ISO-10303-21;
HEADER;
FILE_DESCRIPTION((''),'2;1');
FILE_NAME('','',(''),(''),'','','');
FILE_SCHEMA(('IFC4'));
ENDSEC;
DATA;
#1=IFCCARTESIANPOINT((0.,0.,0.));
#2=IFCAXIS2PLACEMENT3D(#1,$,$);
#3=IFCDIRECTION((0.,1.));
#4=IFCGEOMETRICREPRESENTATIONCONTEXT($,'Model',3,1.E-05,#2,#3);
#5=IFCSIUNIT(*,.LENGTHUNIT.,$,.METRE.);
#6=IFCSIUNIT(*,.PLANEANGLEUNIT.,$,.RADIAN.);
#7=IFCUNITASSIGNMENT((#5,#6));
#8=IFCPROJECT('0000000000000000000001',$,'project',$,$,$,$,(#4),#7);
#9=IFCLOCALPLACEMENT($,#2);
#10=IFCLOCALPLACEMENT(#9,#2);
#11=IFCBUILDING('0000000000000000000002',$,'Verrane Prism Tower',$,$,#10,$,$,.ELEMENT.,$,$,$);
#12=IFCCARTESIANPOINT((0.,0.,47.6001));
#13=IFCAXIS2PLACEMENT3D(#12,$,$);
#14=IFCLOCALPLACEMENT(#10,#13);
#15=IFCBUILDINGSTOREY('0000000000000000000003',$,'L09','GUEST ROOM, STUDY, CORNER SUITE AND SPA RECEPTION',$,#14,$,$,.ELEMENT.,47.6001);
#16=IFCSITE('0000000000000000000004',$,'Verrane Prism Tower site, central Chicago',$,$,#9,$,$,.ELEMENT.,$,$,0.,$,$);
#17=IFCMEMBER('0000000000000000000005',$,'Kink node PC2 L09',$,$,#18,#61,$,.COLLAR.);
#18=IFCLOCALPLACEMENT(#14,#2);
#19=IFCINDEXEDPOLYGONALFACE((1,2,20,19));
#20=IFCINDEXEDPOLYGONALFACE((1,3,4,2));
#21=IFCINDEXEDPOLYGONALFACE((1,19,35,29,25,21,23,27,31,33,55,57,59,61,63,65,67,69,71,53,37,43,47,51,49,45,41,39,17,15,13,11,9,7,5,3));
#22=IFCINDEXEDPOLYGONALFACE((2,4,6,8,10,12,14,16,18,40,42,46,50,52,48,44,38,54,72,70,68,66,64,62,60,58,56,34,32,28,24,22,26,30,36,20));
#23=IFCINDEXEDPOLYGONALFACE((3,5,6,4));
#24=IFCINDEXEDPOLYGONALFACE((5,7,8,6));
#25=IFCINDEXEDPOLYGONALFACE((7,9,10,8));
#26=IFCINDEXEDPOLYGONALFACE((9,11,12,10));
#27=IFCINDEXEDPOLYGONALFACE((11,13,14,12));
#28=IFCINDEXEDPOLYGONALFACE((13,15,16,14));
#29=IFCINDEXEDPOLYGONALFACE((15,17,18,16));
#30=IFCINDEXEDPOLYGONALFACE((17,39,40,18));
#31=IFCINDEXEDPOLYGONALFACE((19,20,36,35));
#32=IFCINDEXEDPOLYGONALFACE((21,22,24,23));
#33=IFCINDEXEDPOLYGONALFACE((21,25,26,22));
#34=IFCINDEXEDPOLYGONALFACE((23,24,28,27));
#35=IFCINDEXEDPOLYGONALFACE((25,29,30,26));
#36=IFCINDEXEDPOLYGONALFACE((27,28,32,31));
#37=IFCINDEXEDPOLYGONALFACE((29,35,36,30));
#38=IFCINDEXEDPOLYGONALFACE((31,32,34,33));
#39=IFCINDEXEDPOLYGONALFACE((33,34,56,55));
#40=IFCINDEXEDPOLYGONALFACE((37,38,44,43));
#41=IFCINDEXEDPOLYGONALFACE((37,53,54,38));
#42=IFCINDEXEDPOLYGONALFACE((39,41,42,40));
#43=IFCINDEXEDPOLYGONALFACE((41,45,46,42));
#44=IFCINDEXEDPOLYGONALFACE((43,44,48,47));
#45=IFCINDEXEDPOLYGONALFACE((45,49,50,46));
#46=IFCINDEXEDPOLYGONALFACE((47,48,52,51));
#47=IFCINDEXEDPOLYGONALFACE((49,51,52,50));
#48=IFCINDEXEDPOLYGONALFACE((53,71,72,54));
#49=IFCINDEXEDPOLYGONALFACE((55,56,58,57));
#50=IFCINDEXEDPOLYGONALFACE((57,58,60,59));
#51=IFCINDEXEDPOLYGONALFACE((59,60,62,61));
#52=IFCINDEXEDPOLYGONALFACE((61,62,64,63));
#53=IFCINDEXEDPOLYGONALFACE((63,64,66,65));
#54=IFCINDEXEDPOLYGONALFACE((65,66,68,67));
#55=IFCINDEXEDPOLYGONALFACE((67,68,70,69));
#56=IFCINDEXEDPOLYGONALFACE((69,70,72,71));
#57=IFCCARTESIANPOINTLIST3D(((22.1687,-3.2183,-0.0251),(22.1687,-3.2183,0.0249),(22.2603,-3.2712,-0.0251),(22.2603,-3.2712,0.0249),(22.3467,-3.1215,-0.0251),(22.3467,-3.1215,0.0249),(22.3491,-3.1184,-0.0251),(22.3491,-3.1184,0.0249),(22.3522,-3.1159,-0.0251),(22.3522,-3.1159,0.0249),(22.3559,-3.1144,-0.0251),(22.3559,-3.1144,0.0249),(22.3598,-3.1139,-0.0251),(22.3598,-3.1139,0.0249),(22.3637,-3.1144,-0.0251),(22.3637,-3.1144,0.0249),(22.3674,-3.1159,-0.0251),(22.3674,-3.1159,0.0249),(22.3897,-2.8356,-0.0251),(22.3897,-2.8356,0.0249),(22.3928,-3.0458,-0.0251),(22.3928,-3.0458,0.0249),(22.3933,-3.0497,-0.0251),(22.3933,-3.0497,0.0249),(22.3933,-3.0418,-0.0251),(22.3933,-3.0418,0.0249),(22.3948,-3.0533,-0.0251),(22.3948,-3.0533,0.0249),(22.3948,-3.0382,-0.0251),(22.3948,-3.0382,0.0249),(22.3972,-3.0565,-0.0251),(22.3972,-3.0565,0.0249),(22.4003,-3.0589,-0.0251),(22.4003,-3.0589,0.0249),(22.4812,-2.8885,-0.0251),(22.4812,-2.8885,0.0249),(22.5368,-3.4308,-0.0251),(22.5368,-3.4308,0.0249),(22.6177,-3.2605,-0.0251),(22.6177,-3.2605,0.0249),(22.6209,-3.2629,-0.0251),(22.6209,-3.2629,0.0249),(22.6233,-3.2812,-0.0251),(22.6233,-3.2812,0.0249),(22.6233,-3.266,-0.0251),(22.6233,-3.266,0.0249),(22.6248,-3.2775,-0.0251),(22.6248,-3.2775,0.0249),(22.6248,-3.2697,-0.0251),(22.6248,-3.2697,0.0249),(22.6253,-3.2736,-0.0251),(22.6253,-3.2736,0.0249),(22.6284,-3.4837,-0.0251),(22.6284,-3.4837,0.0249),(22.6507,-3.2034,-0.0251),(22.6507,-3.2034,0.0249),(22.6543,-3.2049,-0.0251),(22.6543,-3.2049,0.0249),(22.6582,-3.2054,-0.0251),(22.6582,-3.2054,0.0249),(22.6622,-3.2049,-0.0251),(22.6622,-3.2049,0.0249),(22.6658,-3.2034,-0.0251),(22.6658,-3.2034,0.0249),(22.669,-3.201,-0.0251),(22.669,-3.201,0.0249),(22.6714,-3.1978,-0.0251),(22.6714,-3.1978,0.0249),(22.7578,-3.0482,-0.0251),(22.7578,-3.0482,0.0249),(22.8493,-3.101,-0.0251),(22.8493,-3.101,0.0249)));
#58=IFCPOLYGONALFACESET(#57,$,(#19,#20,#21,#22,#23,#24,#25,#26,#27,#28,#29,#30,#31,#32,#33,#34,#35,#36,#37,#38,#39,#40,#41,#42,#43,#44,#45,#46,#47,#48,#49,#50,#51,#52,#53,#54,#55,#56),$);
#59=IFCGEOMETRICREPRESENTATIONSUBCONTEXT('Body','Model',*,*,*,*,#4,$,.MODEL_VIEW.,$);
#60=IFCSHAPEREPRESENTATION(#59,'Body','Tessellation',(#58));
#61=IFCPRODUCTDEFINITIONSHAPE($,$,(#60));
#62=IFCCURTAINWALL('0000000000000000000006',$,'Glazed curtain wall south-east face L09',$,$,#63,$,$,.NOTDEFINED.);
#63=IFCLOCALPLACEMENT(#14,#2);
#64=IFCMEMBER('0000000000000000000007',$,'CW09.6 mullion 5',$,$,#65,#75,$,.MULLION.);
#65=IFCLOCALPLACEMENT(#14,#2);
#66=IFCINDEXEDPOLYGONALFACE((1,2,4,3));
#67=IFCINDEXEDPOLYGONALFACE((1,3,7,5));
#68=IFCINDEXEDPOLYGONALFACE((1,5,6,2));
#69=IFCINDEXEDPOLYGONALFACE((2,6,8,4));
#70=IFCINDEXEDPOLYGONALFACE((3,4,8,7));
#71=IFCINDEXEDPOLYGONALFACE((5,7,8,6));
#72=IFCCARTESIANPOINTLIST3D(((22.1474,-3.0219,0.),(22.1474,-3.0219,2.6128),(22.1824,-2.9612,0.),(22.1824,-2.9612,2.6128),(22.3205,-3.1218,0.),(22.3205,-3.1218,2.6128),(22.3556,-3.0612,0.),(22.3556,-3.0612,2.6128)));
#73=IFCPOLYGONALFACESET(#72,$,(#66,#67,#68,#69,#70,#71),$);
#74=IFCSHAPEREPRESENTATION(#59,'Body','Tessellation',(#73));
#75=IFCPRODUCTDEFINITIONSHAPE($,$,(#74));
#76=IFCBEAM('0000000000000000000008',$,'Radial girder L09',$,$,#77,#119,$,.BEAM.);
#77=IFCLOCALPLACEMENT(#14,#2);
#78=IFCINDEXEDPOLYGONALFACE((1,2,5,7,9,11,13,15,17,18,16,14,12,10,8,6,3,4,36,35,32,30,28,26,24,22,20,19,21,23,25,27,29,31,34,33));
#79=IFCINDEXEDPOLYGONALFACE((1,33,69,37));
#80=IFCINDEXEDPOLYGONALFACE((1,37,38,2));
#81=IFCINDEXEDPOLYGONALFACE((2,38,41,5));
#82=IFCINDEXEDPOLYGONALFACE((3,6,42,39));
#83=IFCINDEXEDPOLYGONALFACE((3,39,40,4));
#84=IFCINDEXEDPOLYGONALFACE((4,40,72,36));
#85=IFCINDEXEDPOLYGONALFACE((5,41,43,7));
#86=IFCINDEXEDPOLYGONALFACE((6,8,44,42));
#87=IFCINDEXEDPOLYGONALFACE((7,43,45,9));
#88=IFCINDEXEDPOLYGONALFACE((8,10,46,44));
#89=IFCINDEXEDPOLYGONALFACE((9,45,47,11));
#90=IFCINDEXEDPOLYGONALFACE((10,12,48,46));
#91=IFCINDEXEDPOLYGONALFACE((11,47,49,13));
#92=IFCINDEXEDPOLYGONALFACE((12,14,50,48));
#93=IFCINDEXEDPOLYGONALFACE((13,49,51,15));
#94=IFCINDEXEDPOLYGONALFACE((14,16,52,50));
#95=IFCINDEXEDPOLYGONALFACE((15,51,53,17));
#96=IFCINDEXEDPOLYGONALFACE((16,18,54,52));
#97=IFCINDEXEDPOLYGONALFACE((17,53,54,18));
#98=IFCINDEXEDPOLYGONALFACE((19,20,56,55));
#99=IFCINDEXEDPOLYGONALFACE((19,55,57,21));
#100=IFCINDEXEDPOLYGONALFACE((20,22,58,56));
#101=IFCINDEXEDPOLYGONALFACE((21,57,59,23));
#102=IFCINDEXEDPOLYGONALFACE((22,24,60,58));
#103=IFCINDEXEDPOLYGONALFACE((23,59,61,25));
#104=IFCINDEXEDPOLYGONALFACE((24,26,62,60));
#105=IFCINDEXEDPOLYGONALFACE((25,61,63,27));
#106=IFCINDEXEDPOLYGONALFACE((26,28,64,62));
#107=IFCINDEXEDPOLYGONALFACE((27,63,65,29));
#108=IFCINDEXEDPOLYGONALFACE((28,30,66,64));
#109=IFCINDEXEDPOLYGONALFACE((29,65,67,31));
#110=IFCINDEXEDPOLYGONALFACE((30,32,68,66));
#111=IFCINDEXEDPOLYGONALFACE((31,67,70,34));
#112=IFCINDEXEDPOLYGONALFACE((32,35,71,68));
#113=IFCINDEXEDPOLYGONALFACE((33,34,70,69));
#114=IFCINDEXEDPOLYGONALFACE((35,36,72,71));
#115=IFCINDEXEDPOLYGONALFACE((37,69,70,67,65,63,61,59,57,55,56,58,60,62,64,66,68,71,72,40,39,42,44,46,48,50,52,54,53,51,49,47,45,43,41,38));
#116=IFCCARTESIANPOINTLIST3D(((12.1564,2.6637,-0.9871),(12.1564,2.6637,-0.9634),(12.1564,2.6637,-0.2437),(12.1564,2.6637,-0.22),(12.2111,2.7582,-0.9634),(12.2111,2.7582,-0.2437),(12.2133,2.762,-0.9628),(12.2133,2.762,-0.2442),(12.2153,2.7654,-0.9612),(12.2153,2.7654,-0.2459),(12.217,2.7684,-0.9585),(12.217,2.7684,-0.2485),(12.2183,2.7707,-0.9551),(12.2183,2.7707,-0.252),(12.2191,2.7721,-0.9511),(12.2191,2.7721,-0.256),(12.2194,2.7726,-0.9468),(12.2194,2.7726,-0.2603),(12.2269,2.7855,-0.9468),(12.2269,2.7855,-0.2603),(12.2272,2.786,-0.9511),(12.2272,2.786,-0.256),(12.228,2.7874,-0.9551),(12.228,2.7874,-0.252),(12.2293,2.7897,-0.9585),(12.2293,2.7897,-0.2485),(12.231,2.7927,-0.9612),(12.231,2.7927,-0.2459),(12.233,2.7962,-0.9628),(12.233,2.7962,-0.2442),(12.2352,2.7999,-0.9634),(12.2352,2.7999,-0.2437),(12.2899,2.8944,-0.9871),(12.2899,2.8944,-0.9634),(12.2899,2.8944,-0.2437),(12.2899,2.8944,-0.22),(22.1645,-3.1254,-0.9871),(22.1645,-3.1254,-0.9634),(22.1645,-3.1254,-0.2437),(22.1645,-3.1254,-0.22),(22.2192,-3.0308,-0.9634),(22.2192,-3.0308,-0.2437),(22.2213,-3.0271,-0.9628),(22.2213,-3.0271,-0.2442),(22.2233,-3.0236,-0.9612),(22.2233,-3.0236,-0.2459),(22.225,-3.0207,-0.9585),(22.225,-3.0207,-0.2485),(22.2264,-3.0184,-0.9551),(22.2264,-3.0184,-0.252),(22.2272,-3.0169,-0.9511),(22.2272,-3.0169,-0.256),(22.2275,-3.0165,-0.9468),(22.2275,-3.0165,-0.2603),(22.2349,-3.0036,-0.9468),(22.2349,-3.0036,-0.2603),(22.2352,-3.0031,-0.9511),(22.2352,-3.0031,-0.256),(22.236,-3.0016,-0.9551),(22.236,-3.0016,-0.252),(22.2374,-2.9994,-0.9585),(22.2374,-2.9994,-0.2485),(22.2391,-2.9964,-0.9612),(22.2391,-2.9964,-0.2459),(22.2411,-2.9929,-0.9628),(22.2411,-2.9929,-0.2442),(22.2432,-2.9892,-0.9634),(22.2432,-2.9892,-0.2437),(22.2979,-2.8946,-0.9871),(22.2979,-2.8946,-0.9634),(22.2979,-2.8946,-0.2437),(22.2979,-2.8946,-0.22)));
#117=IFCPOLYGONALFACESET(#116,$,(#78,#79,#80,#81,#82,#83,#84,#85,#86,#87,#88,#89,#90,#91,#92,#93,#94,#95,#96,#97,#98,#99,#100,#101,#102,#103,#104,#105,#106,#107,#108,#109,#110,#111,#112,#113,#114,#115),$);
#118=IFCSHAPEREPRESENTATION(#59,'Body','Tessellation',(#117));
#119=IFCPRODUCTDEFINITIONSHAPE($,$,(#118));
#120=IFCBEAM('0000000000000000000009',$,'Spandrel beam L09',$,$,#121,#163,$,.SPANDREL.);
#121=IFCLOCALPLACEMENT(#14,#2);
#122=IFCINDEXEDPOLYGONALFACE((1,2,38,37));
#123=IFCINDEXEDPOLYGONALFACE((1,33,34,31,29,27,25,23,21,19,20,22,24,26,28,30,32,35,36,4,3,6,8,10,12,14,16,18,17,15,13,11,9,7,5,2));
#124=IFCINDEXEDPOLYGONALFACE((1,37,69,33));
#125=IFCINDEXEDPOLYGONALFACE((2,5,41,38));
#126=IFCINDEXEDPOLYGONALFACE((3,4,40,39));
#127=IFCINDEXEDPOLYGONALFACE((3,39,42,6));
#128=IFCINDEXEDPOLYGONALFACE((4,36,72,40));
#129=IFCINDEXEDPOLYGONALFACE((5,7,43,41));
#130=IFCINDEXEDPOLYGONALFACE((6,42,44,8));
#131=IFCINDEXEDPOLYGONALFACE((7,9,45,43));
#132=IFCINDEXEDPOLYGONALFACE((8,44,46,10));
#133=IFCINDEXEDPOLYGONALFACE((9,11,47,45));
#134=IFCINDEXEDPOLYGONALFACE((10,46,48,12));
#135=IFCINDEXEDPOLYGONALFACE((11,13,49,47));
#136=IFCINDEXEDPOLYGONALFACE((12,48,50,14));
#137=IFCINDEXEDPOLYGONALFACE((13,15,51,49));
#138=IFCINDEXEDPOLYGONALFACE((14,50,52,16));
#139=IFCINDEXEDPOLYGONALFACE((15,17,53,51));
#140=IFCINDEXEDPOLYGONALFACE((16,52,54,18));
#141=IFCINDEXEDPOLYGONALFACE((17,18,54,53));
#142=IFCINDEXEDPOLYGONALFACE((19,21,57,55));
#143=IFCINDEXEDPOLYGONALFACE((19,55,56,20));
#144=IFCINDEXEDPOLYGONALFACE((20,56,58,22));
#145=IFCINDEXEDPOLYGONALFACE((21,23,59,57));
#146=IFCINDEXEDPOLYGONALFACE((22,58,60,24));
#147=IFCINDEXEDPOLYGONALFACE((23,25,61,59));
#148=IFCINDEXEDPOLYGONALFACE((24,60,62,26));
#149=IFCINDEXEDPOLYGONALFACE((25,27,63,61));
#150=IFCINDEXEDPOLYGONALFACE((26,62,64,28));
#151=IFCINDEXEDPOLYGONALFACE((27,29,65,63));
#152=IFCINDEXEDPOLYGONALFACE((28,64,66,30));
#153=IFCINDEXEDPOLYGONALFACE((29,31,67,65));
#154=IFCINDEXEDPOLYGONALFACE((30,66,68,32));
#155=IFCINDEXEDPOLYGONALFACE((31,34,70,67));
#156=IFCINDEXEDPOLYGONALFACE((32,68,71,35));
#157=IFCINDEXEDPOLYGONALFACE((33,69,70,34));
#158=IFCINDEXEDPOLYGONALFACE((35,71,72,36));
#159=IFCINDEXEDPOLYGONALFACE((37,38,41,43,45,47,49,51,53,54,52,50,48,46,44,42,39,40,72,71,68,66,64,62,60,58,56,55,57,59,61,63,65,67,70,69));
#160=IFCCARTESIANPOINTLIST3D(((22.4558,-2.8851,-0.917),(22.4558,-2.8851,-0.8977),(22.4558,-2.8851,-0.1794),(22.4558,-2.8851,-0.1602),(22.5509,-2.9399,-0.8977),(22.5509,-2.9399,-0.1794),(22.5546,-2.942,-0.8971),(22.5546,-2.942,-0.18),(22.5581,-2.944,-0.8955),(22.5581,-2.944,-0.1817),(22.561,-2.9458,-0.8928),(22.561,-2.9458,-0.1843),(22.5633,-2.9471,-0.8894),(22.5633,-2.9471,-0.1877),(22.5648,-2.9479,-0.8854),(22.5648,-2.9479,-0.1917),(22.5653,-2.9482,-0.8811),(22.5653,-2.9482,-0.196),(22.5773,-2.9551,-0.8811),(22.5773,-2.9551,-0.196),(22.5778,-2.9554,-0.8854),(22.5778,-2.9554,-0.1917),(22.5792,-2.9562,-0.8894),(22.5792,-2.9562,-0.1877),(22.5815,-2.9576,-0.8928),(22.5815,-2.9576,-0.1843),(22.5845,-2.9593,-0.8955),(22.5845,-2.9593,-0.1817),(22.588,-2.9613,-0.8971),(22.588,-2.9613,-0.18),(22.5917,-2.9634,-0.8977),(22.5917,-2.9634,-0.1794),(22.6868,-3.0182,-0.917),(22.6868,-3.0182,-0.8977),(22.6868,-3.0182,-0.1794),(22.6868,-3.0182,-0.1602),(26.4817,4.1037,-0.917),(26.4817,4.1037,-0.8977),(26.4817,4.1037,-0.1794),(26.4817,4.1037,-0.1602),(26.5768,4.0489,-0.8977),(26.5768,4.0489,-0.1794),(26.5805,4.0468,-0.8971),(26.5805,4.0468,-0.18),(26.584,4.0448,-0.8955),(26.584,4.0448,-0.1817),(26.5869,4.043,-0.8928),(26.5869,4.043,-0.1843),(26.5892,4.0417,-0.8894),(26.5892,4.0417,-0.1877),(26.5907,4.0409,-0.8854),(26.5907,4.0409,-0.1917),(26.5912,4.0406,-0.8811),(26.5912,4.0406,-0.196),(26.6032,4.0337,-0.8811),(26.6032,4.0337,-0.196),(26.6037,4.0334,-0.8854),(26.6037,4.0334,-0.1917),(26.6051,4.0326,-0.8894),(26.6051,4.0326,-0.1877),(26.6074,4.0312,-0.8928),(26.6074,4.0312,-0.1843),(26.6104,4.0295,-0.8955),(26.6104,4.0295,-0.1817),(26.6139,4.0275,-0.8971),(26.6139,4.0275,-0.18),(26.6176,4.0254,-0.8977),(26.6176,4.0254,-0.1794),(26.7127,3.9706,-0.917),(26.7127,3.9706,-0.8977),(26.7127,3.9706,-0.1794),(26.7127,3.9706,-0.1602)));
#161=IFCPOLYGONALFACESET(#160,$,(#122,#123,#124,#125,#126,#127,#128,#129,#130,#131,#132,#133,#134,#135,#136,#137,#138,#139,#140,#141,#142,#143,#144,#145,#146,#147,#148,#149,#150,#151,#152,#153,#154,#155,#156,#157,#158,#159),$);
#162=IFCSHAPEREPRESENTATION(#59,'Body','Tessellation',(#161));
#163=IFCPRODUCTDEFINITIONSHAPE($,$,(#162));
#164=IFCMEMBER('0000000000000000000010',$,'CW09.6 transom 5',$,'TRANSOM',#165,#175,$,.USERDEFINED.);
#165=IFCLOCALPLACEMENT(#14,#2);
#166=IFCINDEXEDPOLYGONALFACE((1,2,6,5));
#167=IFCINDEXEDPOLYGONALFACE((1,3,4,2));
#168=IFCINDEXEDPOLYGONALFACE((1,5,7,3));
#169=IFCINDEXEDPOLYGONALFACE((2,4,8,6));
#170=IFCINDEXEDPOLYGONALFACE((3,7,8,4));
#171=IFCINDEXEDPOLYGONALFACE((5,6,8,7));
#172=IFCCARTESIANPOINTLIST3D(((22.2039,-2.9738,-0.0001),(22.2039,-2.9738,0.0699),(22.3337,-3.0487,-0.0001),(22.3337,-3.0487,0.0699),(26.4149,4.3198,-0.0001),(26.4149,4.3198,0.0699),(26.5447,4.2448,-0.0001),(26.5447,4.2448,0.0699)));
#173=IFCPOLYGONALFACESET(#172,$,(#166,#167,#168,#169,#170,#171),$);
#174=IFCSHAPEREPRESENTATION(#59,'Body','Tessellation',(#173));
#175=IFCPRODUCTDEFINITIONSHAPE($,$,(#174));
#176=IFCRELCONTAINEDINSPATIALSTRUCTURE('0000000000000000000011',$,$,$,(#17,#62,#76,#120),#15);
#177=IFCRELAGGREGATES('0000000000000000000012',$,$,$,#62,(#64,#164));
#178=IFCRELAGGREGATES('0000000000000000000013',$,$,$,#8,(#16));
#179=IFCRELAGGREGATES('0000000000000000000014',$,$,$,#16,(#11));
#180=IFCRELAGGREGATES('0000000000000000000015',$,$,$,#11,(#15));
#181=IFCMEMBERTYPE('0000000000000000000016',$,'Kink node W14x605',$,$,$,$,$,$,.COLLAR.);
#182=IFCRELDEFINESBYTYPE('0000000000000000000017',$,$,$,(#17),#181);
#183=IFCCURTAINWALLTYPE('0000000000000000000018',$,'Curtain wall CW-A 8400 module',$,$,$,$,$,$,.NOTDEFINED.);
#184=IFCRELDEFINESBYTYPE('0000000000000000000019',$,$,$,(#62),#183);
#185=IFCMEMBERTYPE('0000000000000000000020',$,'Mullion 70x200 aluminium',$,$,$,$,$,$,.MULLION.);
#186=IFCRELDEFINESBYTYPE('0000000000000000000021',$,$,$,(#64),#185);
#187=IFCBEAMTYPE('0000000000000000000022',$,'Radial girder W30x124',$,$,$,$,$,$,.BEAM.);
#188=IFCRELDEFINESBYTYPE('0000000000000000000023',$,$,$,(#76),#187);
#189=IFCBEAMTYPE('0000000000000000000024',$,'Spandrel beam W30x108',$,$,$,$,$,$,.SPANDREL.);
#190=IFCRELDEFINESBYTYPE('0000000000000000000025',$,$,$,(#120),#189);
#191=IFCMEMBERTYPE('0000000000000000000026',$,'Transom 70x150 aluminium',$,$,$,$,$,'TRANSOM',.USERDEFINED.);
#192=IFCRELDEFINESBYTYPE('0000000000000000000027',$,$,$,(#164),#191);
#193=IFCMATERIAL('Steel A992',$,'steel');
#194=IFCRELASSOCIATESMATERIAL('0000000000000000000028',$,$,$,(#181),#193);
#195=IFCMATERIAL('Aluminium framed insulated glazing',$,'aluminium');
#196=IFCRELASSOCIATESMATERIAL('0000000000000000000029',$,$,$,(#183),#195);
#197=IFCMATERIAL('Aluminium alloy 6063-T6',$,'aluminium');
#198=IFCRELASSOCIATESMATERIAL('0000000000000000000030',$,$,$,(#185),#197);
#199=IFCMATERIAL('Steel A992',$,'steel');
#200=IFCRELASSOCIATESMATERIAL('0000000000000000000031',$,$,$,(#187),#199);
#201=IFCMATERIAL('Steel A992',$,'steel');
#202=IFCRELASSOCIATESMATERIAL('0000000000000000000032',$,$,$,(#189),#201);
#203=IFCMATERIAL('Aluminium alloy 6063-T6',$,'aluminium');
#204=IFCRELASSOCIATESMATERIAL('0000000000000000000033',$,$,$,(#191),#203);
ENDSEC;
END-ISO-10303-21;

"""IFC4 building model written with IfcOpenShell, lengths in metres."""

from ifc_helpers import new_model, si_unit, direction, frame, origin, origin_2d, place, context, subcontext, project, spatial, rectangle, i_section, extrude, material, material_profile, profile_set, type_object, element, aggregate, save


model = new_model("IFC4")

# Units and contexts
model_context = context("Model", 3, precision=1e-05, world=origin(), true_north=direction((0.0, 1.0)))
body_context = subcontext(model_context, "Body", "Model", "MODEL_VIEW")
ifc_project = project(units=[si_unit("LENGTHUNIT", "METRE"), si_unit("PLANEANGLEUNIT", "RADIAN")], contexts=[model_context])

# Site, building, storey
site_placement = place(None, origin())
site = spatial("IfcSite", under=ifc_project, at=site_placement, Name="Verrane Prism Tower site, central Chicago", CompositionType="ELEMENT", RefElevation=0.0)
building_placement = place(site_placement, origin())
building = spatial("IfcBuilding", under=site, at=building_placement, Name="Verrane Prism Tower", CompositionType="ELEMENT")
storey_placement = place(building_placement, frame((0.0, 0.0, 47.6001)))
storey = spatial("IfcBuildingStorey", under=building, at=storey_placement, Name="L09", Description="GUEST ROOM, STUDY, CORNER SUITE AND SPA RECEPTION", CompositionType="ELEMENT", Elevation=47.6001)

# Member
ifc_material_1 = material(Name="Steel A992", Category="steel")
ifc_material_profile_1 = material_profile(ifc_material_1, i_section(OverallWidth=0.4419, OverallDepth=0.5308, WebThickness=0.0659, FlangeThickness=0.1057, FilletRadius=0.0151, at=origin_2d()), Name="W14x605")
ifc_profile_set_1 = profile_set([ifc_material_profile_1], Name="Steel A992")
member_type_1 = type_object("IfcMemberType", Name="Kink node W14x605", PredefinedType="COLLAR", material=ifc_profile_set_1)
member_1_placement = place(storey_placement, frame((22.509, -3.1597, -0.0251), z_axis=(0.0, 0.0, 1.0), x_axis=(-0.5, -0.866025, 0.0)))
element("IfcMember", 1, at=member_1_placement, inside=storey, type_object=member_type_1, Name="Kink node PC2 L09", PredefinedType="COLLAR", context=body_context, shape_type="SweptSolid", body=[
    extrude(i_section(OverallWidth=0.4419, OverallDepth=0.5308, WebThickness=0.0659, FlangeThickness=0.1057, FilletRadius=0.0151, at=origin_2d()), origin(), (0.0, 0.0, 1.0), 0.05),
])

# Curtain wall, member
ifc_material_2 = material(Name="Aluminium framed insulated glazing", Category="aluminium")
curtain_wall_type = type_object("IfcCurtainWallType", Name="Curtain wall CW-A 8400 module", PredefinedType="NOTDEFINED", material=ifc_material_2)
curtain_wall_placement = place(storey_placement, origin())
curtain_wall = element("IfcCurtainWall", 2, at=curtain_wall_placement, inside=storey, type_object=curtain_wall_type, Name="Glazed curtain wall south-east face L09", PredefinedType="NOTDEFINED")
ifc_material_3 = material(Name="Aluminium alloy 6063-T6", Category="aluminium")
ifc_material_profile_2 = material_profile(ifc_material_3, rectangle(XDim=0.2, YDim=0.0701, at=origin_2d()), Name="Mullion 70x200 aluminium")
ifc_profile_set_2 = profile_set([ifc_material_profile_2], Name="Aluminium alloy 6063-T6")
member_type_2 = type_object("IfcMemberType", Name="Mullion 70x200 aluminium", PredefinedType="MULLION", material=ifc_profile_set_2)
member_2_placement = place(storey_placement, frame((22.2515, -3.0415, 0.0), z_axis=(0.0, 0.0, 1.0), x_axis=(-0.866026, 0.499999, 0.0)))
member_2 = element("IfcMember", 3, at=member_2_placement, type_object=member_type_2, Name="CW09.6 mullion 5", PredefinedType="MULLION", context=body_context, shape_type="SweptSolid", body=[
    extrude(rectangle(XDim=0.2, YDim=0.0701, at=origin_2d()), origin(), (0.0, 0.0, 1.0), 2.6128),
])

# Beams
ifc_material_4 = material(Name="Steel A992", Category="steel")
ifc_material_profile_3 = material_profile(ifc_material_4, i_section(OverallWidth=0.2666, OverallDepth=0.7671, WebThickness=0.0149, FlangeThickness=0.0237, FilletRadius=0.0166, at=origin_2d()), Name="W30x124")
ifc_profile_set_3 = profile_set([ifc_material_profile_3], Name="Steel A992")
beam_type_1 = type_object("IfcBeamType", Name="Radial girder W30x124", PredefinedType="BEAM", material=ifc_profile_set_3)
beam_1_placement = place(storey_placement, frame((22.2312, -3.01, -0.6035), z_axis=(-0.865617, 0.500707, 0.0), x_axis=(-0.500707, -0.865617, 0.0)))
element("IfcBeam", 4, at=beam_1_placement, inside=storey, type_object=beam_type_1, Name="Radial girder L09", PredefinedType="BEAM", context=body_context, shape_type="SweptSolid", body=[
    extrude(i_section(OverallWidth=0.2666, OverallDepth=0.7671, WebThickness=0.0149, FlangeThickness=0.0237, FilletRadius=0.0166, at=origin_2d()), origin(), (0.0, 0.0, 1.0), 11.5618),
])
ifc_material_5 = material(Name="Steel A992", Category="steel")
ifc_material_profile_4 = material_profile(ifc_material_5, i_section(OverallWidth=0.2666, OverallDepth=0.7568, WebThickness=0.0139, FlangeThickness=0.0193, FilletRadius=0.0166, at=origin_2d()), Name="W30x108")
ifc_profile_set_4 = profile_set([ifc_material_profile_4], Name="Steel A992")
beam_type_2 = type_object("IfcBeamType", Name="Spandrel beam W30x108", PredefinedType="SPANDREL", material=ifc_profile_set_4)
beam_2_placement = place(storey_placement, frame((22.5713, -2.9517, -0.5386), z_axis=(0.499155, 0.866513, 0.0), x_axis=(-0.866513, 0.499155, 0.0)))
element("IfcBeam", 5, at=beam_2_placement, inside=storey, type_object=beam_type_2, Name="Spandrel beam L09", PredefinedType="SPANDREL", context=body_context, shape_type="SweptSolid", body=[
    extrude(i_section(OverallWidth=0.2666, OverallDepth=0.7568, WebThickness=0.0139, FlangeThickness=0.0193, FilletRadius=0.0166, at=origin_2d()), origin(), (0.0, 0.0, 1.0), 8.0654),
])

# Member
ifc_material_6 = material(Name="Aluminium alloy 6063-T6", Category="aluminium")
ifc_material_profile_5 = material_profile(ifc_material_6, rectangle(XDim=0.1499, YDim=0.0701, at=origin_2d()), Name="Transom 70x150 aluminium")
ifc_profile_set_5 = profile_set([ifc_material_profile_5], Name="Aluminium alloy 6063-T6")
member_type_3 = type_object("IfcMemberType", Name="Transom 70x150 aluminium", ElementType="TRANSOM", PredefinedType="USERDEFINED", material=ifc_profile_set_5)
member_3_placement = place(storey_placement, frame((22.2688, -3.0112, 0.0349), z_axis=(0.500005, 0.866022, 0.0), x_axis=(-0.866022, 0.500005, 0.0)))
member_3 = element("IfcMember", 6, at=member_3_placement, type_object=member_type_3, Name="CW09.6 transom 5", ObjectType="TRANSOM", PredefinedType="USERDEFINED", context=body_context, shape_type="SweptSolid", body=[
    extrude(rectangle(XDim=0.1499, YDim=0.0701, at=origin_2d()), origin(), (0.0, 0.0, 1.0), 8.4219),
])

aggregate(curtain_wall, [member_2, member_3])

save(model, "model.ifc")
